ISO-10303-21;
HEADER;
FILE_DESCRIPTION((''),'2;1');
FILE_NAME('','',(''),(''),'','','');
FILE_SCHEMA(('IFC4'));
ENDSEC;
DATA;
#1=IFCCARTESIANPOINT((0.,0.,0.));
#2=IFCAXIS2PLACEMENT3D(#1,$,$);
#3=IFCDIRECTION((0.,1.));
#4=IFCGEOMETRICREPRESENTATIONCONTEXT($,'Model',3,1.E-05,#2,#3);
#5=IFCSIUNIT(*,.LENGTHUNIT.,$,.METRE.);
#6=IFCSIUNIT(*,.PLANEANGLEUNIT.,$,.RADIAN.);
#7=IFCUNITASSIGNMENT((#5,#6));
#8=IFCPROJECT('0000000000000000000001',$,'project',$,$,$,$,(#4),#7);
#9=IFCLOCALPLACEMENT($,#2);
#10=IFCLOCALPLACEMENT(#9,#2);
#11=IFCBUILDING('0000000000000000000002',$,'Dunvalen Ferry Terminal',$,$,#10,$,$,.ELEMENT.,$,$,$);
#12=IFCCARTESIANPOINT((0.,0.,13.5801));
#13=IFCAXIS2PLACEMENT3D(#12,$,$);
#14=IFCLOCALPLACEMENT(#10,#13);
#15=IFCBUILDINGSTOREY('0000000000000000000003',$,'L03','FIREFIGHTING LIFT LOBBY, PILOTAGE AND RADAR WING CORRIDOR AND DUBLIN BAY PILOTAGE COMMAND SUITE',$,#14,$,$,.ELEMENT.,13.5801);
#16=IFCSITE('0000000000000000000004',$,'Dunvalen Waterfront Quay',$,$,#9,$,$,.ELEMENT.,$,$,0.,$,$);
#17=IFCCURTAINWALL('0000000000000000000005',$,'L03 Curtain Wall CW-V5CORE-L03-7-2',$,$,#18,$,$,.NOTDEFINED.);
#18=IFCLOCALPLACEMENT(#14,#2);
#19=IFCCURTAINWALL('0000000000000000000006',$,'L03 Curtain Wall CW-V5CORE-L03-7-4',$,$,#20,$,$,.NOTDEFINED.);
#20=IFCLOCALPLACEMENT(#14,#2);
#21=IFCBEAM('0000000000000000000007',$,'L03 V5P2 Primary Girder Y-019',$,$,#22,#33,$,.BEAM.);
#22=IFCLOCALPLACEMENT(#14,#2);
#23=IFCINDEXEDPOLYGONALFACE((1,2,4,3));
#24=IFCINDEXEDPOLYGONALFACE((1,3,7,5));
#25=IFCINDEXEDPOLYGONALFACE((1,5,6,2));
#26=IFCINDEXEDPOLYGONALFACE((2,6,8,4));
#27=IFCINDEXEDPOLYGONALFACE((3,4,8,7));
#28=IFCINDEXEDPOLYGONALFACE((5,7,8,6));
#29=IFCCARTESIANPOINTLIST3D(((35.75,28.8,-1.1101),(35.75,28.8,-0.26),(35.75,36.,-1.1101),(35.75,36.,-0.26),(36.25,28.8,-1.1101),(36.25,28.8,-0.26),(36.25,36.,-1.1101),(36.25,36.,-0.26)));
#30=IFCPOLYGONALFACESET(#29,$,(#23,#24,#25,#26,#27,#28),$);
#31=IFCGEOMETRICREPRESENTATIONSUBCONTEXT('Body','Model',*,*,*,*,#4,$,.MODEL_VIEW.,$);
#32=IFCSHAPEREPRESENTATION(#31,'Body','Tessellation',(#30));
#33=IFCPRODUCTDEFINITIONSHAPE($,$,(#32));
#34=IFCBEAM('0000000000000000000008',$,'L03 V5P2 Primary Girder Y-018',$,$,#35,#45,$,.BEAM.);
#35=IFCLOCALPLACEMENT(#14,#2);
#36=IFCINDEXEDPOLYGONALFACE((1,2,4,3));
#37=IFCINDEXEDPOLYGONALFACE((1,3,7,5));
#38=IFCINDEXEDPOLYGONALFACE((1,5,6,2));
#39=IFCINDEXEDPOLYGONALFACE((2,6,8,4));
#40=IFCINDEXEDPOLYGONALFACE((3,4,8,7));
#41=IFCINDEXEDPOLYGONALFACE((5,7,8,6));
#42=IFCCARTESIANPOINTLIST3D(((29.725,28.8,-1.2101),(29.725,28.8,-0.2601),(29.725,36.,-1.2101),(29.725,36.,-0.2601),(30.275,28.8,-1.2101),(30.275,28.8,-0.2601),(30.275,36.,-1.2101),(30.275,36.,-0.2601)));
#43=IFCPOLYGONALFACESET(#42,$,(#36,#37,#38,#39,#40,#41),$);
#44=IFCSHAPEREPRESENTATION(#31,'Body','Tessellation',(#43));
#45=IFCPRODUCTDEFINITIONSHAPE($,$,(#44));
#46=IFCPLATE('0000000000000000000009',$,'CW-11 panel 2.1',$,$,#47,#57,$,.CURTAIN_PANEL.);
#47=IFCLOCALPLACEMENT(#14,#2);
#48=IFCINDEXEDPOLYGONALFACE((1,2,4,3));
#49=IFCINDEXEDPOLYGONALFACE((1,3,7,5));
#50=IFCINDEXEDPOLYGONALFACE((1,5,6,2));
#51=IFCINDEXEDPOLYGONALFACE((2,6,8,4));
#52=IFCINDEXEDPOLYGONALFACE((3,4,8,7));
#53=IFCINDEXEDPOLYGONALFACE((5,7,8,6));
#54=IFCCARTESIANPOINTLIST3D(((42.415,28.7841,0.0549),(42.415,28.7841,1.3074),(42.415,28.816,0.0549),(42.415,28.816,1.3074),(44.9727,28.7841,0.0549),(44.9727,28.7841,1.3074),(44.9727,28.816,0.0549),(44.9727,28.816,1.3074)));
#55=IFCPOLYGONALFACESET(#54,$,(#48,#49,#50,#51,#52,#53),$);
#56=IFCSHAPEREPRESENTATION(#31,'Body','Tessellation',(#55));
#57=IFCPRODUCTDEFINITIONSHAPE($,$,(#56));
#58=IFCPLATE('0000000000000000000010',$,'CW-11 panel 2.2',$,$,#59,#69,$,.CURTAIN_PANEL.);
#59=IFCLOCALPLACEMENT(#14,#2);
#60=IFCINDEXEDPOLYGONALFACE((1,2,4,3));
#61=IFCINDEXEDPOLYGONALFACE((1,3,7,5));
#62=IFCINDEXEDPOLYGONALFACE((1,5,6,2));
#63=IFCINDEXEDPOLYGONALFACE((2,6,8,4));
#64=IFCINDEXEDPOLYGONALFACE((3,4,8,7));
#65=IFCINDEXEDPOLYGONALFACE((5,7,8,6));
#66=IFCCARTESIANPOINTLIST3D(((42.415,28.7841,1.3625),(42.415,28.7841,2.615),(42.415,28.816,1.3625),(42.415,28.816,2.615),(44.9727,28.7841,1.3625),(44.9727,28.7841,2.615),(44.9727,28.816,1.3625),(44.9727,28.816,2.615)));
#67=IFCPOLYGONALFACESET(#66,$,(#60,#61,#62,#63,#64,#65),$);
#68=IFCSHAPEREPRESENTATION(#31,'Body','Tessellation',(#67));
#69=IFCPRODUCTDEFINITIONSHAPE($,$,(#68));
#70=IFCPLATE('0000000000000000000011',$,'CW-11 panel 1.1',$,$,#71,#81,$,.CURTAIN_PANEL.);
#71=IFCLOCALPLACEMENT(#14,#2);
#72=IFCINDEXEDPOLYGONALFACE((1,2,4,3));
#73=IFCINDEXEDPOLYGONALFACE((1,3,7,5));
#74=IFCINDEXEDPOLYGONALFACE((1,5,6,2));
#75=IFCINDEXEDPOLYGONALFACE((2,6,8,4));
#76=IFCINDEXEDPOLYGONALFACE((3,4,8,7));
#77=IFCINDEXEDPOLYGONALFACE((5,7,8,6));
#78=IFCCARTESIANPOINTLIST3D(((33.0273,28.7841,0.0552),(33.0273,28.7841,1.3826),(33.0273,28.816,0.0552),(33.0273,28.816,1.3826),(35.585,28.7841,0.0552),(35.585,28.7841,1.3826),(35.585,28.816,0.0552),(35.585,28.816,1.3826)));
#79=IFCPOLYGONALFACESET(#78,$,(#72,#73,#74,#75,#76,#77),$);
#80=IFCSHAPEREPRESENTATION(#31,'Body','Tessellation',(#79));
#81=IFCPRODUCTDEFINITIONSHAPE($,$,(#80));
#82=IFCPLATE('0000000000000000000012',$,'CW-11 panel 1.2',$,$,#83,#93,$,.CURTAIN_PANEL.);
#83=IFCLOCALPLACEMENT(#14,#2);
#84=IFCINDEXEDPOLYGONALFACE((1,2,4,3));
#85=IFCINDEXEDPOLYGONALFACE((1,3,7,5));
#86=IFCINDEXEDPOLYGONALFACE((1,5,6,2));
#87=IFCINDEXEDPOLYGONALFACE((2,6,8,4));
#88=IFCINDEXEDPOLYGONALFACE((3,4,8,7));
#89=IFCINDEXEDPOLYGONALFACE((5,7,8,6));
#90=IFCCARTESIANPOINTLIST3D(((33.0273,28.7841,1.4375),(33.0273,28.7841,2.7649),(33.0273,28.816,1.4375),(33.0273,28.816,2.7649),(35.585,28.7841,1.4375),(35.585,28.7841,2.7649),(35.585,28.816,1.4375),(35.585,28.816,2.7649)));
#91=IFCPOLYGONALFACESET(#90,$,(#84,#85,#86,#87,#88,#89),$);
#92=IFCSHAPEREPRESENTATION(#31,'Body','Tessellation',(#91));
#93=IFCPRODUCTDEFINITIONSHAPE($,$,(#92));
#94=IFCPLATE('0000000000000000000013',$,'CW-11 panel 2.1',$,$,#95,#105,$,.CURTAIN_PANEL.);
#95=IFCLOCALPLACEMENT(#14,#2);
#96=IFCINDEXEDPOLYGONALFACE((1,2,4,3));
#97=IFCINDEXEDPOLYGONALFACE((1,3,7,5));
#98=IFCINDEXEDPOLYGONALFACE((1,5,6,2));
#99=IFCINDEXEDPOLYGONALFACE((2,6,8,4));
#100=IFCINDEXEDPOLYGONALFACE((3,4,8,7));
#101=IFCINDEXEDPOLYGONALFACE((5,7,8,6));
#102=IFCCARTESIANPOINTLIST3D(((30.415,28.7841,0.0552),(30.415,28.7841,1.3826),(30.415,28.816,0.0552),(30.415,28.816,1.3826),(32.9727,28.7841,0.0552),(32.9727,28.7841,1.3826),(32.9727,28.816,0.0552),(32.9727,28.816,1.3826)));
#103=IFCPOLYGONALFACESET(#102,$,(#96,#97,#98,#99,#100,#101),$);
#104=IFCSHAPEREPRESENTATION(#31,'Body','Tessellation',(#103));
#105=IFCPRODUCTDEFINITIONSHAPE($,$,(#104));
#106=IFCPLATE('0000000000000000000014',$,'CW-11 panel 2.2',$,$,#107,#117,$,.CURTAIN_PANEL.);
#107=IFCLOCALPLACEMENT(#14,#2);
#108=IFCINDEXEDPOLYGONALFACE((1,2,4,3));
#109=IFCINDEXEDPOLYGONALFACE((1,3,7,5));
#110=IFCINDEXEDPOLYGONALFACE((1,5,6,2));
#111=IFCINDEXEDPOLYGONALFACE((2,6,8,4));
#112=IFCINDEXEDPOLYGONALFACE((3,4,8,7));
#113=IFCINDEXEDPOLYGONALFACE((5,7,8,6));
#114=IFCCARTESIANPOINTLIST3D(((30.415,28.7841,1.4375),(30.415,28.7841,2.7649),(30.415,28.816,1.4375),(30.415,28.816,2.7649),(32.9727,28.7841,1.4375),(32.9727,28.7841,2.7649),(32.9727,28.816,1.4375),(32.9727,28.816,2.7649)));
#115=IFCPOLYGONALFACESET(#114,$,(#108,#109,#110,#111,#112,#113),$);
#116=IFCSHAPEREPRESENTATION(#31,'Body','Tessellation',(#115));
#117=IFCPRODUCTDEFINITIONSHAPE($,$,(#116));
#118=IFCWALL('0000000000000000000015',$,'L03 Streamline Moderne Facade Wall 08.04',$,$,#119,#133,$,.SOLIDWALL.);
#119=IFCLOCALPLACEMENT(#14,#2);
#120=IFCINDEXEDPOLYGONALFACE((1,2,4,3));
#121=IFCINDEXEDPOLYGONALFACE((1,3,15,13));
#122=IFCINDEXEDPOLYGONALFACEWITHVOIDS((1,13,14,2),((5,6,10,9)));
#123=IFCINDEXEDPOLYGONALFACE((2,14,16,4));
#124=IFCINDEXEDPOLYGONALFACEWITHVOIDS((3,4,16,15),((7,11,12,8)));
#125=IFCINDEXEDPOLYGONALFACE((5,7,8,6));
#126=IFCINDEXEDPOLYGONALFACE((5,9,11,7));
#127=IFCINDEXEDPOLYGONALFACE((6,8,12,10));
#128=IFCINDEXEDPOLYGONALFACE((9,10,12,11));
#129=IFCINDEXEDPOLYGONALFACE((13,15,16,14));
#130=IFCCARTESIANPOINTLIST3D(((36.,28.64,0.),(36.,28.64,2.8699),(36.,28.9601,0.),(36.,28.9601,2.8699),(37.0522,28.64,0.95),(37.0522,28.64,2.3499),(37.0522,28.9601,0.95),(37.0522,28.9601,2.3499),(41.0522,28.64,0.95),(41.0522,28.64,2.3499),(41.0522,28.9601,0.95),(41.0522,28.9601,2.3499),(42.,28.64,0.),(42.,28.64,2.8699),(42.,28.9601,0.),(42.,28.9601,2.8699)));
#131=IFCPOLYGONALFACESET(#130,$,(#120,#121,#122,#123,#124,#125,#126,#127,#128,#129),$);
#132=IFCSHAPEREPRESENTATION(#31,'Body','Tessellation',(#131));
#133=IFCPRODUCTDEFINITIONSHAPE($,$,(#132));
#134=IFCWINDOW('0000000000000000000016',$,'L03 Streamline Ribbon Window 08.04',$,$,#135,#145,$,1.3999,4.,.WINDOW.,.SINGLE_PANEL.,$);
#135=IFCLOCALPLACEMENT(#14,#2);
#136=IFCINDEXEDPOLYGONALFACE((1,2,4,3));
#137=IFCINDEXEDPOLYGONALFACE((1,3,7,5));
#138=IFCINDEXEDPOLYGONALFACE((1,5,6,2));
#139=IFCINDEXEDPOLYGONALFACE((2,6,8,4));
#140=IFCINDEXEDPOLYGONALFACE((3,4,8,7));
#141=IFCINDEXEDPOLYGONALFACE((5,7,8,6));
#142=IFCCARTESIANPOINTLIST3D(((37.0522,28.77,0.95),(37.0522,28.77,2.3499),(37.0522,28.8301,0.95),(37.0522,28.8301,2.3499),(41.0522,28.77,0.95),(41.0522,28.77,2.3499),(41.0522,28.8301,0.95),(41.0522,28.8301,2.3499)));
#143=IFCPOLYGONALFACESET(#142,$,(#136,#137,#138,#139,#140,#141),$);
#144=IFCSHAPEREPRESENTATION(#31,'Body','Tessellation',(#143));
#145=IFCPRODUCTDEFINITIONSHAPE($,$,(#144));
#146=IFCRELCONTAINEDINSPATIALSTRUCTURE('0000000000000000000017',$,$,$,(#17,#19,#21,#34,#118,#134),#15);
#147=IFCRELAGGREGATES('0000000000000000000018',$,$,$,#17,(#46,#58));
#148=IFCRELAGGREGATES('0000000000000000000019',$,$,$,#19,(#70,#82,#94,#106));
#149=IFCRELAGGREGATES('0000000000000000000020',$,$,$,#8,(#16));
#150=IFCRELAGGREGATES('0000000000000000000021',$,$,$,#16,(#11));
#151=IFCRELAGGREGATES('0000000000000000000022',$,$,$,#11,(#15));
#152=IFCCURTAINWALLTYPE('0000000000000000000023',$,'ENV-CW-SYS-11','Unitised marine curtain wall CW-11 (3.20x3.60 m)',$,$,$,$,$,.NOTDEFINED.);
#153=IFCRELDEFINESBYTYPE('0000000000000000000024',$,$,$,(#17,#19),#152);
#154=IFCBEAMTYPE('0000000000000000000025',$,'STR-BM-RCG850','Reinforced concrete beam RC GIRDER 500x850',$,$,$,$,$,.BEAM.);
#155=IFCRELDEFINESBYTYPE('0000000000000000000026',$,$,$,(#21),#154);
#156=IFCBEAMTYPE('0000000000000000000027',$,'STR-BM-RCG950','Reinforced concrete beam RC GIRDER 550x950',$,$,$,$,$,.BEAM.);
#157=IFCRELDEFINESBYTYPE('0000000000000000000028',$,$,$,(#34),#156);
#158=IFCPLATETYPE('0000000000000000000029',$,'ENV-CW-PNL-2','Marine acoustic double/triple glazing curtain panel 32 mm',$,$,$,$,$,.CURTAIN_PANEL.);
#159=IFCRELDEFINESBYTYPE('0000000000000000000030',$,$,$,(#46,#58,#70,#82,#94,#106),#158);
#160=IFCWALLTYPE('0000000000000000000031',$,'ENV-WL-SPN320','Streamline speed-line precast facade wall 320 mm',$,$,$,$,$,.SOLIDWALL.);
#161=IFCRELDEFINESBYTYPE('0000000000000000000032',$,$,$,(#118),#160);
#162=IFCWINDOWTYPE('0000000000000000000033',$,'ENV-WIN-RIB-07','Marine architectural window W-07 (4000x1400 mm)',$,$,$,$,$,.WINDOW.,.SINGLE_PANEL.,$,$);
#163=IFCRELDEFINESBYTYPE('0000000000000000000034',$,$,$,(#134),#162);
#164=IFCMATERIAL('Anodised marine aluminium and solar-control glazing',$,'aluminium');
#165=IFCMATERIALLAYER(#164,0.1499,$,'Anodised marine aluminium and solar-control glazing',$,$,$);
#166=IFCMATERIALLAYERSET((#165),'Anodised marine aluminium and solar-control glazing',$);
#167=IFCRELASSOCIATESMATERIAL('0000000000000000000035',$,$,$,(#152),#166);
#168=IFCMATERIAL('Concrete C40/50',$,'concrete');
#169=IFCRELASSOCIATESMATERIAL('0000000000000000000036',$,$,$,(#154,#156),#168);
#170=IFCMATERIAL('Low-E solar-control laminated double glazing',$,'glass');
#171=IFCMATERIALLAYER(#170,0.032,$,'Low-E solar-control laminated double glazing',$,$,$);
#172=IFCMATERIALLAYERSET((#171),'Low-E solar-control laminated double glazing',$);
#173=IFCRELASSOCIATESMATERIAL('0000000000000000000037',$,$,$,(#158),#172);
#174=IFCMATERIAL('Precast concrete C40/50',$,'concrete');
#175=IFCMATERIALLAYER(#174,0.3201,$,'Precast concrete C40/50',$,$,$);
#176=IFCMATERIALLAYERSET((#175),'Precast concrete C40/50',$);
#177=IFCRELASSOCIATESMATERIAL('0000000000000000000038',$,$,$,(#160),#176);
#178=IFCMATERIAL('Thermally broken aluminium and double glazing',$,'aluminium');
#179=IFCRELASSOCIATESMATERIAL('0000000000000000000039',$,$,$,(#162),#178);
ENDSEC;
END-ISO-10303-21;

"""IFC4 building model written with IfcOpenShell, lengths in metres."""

from ifc_helpers import new_model, si_unit, direction, frame, frame_2d, origin, origin_2d, place, context, subcontext, project, spatial, rectangle, extrude, material, layer, layer_set, material_profile, profile_set, type_object, element, fill, aggregate, save


model = new_model("IFC4")

# Units and contexts
model_context = context("Model", 3, precision=1e-05, world=origin(), true_north=direction((0.0, 1.0)))
body_context = subcontext(model_context, "Body", "Model", "MODEL_VIEW")
ifc_project = project(units=[si_unit("LENGTHUNIT", "METRE"), si_unit("PLANEANGLEUNIT", "RADIAN")], contexts=[model_context])

# Site, building, storey
site_placement = place(None, origin())
site = spatial("IfcSite", under=ifc_project, at=site_placement, Name="Dunvalen Waterfront Quay", CompositionType="ELEMENT", RefElevation=0.0)
building_placement = place(site_placement, origin())
building = spatial("IfcBuilding", under=site, at=building_placement, Name="Dunvalen Ferry Terminal", CompositionType="ELEMENT")
storey_placement = place(building_placement, frame((0.0, 0.0, 13.5801)))
storey = spatial("IfcBuildingStorey", under=building, at=storey_placement, Name="L03", Description="FIREFIGHTING LIFT LOBBY, PILOTAGE AND RADAR WING CORRIDOR AND DUBLIN BAY PILOTAGE COMMAND SUITE", CompositionType="ELEMENT", Elevation=13.5801)

# Shared definitions
ifc_material_1 = material(Name="Concrete C40/50", Category="concrete")

# Curtain walls
ifc_material_2 = material(Name="Anodised marine aluminium and solar-control glazing", Category="aluminium")
ifc_layer_1 = layer(ifc_material_2, 0.1499, Name="Anodised marine aluminium and solar-control glazing")
ifc_layer_set_1 = layer_set([ifc_layer_1], Name="Anodised marine aluminium and solar-control glazing")
curtain_wall_type = type_object("IfcCurtainWallType", Name="ENV-CW-SYS-11", Description="Unitised marine curtain wall CW-11 (3.20x3.60 m)", PredefinedType="NOTDEFINED", material=ifc_layer_set_1)
curtain_wall_1_placement = place(storey_placement, origin())
curtain_wall_1 = element("IfcCurtainWall", 1, at=curtain_wall_1_placement, inside=storey, type_object=curtain_wall_type, Name="L03 Curtain Wall CW-V5CORE-L03-7-2", PredefinedType="NOTDEFINED")
curtain_wall_2_placement = place(storey_placement, origin())
curtain_wall_2 = element("IfcCurtainWall", 2, at=curtain_wall_2_placement, inside=storey, type_object=curtain_wall_type, Name="L03 Curtain Wall CW-V5CORE-L03-7-4", PredefinedType="NOTDEFINED")

# Beams
ifc_material_profile_1 = material_profile(ifc_material_1, rectangle(XDim=0.5, YDim=0.8501, at=origin_2d()), Name="Concrete C40/50")
ifc_profile_set_1 = profile_set([ifc_material_profile_1], Name="Concrete C40/50")
beam_type_1 = type_object("IfcBeamType", Name="STR-BM-RCG850", Description="Reinforced concrete beam RC GIRDER 500x850", PredefinedType="BEAM", material=ifc_profile_set_1)
beam_1_placement = place(storey_placement, frame((36.0, 28.8, -0.6851), z_axis=(0.0, 1.0, 0.0), x_axis=(-1.0, 0.0, 0.0)))
element("IfcBeam", 3, at=beam_1_placement, inside=storey, type_object=beam_type_1, Name="L03 V5P2 Primary Girder Y-019", PredefinedType="BEAM", context=body_context, shape_type="SweptSolid", body=[
    extrude(rectangle(XDim=0.5, YDim=0.8501, at=origin_2d()), origin(), (0.0, 0.0, 1.0), 7.2),
])
ifc_material_profile_2 = material_profile(ifc_material_1, rectangle(XDim=0.55, YDim=0.95, at=origin_2d()), Name="Concrete C40/50")
ifc_profile_set_2 = profile_set([ifc_material_profile_2], Name="Concrete C40/50")
beam_type_2 = type_object("IfcBeamType", Name="STR-BM-RCG950", Description="Reinforced concrete beam RC GIRDER 550x950", PredefinedType="BEAM", material=ifc_profile_set_2)
beam_2_placement = place(storey_placement, frame((30.0, 28.8, -0.7351), z_axis=(0.0, 1.0, 0.0), x_axis=(-1.0, 0.0, 0.0)))
element("IfcBeam", 4, at=beam_2_placement, inside=storey, type_object=beam_type_2, Name="L03 V5P2 Primary Girder Y-018", PredefinedType="BEAM", context=body_context, shape_type="SweptSolid", body=[
    extrude(rectangle(XDim=0.55, YDim=0.95, at=origin_2d()), origin(), (0.0, 0.0, 1.0), 7.2),
])

# Plates
ifc_material_3 = material(Name="Low-E solar-control laminated double glazing", Category="glass")
ifc_layer_2 = layer(ifc_material_3, 0.032, Name="Low-E solar-control laminated double glazing")
ifc_layer_set_2 = layer_set([ifc_layer_2], Name="Low-E solar-control laminated double glazing")
plate_type = type_object("IfcPlateType", Name="ENV-CW-PNL-2", Description="Marine acoustic double/triple glazing curtain panel 32 mm", PredefinedType="CURTAIN_PANEL", material=ifc_layer_set_2)
plate_1_placement = place(storey_placement, frame((43.6938, 28.8, 0.0549), z_axis=(0.0, 0.0, 1.0), x_axis=(-1.0, 0.0, 0.0)))
plate_1 = element("IfcPlate", 5, at=plate_1_placement, type_object=plate_type, Name="CW-11 panel 2.1", PredefinedType="CURTAIN_PANEL", context=body_context, shape_type="SweptSolid", body=[
    extrude(rectangle(XDim=2.5576, YDim=0.032, at=origin_2d()), origin(), (0.0, 0.0, 1.0), 1.2524),
])
plate_2_placement = place(storey_placement, frame((43.6938, 28.8, 1.3625), z_axis=(0.0, 0.0, 1.0), x_axis=(-1.0, 0.0, 0.0)))
plate_2 = element("IfcPlate", 6, at=plate_2_placement, type_object=plate_type, Name="CW-11 panel 2.2", PredefinedType="CURTAIN_PANEL", context=body_context, shape_type="SweptSolid", body=[
    extrude(rectangle(XDim=2.5576, YDim=0.032, at=origin_2d()), origin(), (0.0, 0.0, 1.0), 1.2524),
])
aggregate(curtain_wall_1, [plate_1, plate_2])
plate_3_placement = place(storey_placement, frame((34.3062, 28.8, 0.0552), z_axis=(0.0, 0.0, 1.0), x_axis=(-1.0, 0.0, 0.0)))
plate_3 = element("IfcPlate", 7, at=plate_3_placement, type_object=plate_type, Name="CW-11 panel 1.1", PredefinedType="CURTAIN_PANEL", context=body_context, shape_type="SweptSolid", body=[
    extrude(rectangle(XDim=2.5576, YDim=0.032, at=origin_2d()), origin(), (0.0, 0.0, 1.0), 1.3274),
])
plate_4_placement = place(storey_placement, frame((34.3062, 28.8, 1.4375), z_axis=(0.0, 0.0, 1.0), x_axis=(-1.0, 0.0, 0.0)))
plate_4 = element("IfcPlate", 8, at=plate_4_placement, type_object=plate_type, Name="CW-11 panel 1.2", PredefinedType="CURTAIN_PANEL", context=body_context, shape_type="SweptSolid", body=[
    extrude(rectangle(XDim=2.5576, YDim=0.032, at=origin_2d()), origin(), (0.0, 0.0, 1.0), 1.3274),
])
plate_5_placement = place(storey_placement, frame((31.6938, 28.8, 0.0552), z_axis=(0.0, 0.0, 1.0), x_axis=(-1.0, 0.0, 0.0)))
plate_5 = element("IfcPlate", 9, at=plate_5_placement, type_object=plate_type, Name="CW-11 panel 2.1", PredefinedType="CURTAIN_PANEL", context=body_context, shape_type="SweptSolid", body=[
    extrude(rectangle(XDim=2.5576, YDim=0.032, at=origin_2d()), origin(), (0.0, 0.0, 1.0), 1.3274),
])
plate_6_placement = place(storey_placement, frame((31.6938, 28.8, 1.4375), z_axis=(0.0, 0.0, 1.0), x_axis=(-1.0, 0.0, 0.0)))
plate_6 = element("IfcPlate", 10, at=plate_6_placement, type_object=plate_type, Name="CW-11 panel 2.2", PredefinedType="CURTAIN_PANEL", context=body_context, shape_type="SweptSolid", body=[
    extrude(rectangle(XDim=2.5576, YDim=0.032, at=origin_2d()), origin(), (0.0, 0.0, 1.0), 1.3274),
])
aggregate(curtain_wall_2, [plate_3, plate_4, plate_5, plate_6])

# Wall, opening, window
ifc_material_4 = material(Name="Precast concrete C40/50", Category="concrete")
ifc_layer_3 = layer(ifc_material_4, 0.3201, Name="Precast concrete C40/50")
ifc_layer_set_3 = layer_set([ifc_layer_3], Name="Precast concrete C40/50")
wall_type = type_object("IfcWallType", Name="ENV-WL-SPN320", Description="Streamline speed-line precast facade wall 320 mm", PredefinedType="SOLIDWALL", material=ifc_layer_set_3)
wall_placement = place(storey_placement, frame((42.0, 28.8, 0.0), z_axis=(0.0, 0.0, 1.0), x_axis=(-1.0, 0.0, 0.0)))
wall = element("IfcWall", 11, at=wall_placement, inside=storey, type_object=wall_type, Name="L03 Streamline Moderne Facade Wall 08.04", PredefinedType="SOLIDWALL", context=body_context, shape_type="SweptSolid", body=[
    extrude(rectangle(XDim=6.0, YDim=0.3201, at=frame_2d((3.0, 0.0))), origin(), (0.0, 0.0, 1.0), 2.8699),
])
opening_placement = place(wall_placement, frame((0.9478, 0.0, 0.95)))
opening = element("IfcOpeningElement", 12, at=opening_placement, cuts=wall, PredefinedType="OPENING", context=body_context, shape_type="SweptSolid", body=[
    extrude(rectangle(XDim=4.0, YDim=1.3999, at=frame_2d((2.0, 0.7))), frame((0.0, 0.1699, 0.0), z_axis=(0.0, -1.0, 0.0), x_axis=(1.0, 0.0, 0.0)), (0.0, 0.0, 1.0), 0.3401),
])
ifc_material_5 = material(Name="Thermally broken aluminium and double glazing", Category="aluminium")
window_type = type_object("IfcWindowType", Name="ENV-WIN-RIB-07", Description="Marine architectural window W-07 (4000x1400 mm)", PartitioningType="SINGLE_PANEL", PredefinedType="WINDOW", material=ifc_material_5)
window_placement = place(opening_placement, origin())
window = element("IfcWindow", 13, at=window_placement, inside=storey, type_object=window_type, Name="L03 Streamline Ribbon Window 08.04", OverallHeight=1.3999, OverallWidth=4.0, PartitioningType="SINGLE_PANEL", PredefinedType="WINDOW", context=body_context, shape_type="SweptSolid", body=[
    extrude(rectangle(XDim=4.0, YDim=1.3999, at=frame_2d((2.0, 0.7))), frame((0.0, 0.03, 0.0), z_axis=(0.0, -1.0, 0.0), x_axis=(1.0, 0.0, 0.0)), (0.0, 0.0, 1.0), 0.0601),
])
fill(opening, window)

save(model, "model.ifc")
